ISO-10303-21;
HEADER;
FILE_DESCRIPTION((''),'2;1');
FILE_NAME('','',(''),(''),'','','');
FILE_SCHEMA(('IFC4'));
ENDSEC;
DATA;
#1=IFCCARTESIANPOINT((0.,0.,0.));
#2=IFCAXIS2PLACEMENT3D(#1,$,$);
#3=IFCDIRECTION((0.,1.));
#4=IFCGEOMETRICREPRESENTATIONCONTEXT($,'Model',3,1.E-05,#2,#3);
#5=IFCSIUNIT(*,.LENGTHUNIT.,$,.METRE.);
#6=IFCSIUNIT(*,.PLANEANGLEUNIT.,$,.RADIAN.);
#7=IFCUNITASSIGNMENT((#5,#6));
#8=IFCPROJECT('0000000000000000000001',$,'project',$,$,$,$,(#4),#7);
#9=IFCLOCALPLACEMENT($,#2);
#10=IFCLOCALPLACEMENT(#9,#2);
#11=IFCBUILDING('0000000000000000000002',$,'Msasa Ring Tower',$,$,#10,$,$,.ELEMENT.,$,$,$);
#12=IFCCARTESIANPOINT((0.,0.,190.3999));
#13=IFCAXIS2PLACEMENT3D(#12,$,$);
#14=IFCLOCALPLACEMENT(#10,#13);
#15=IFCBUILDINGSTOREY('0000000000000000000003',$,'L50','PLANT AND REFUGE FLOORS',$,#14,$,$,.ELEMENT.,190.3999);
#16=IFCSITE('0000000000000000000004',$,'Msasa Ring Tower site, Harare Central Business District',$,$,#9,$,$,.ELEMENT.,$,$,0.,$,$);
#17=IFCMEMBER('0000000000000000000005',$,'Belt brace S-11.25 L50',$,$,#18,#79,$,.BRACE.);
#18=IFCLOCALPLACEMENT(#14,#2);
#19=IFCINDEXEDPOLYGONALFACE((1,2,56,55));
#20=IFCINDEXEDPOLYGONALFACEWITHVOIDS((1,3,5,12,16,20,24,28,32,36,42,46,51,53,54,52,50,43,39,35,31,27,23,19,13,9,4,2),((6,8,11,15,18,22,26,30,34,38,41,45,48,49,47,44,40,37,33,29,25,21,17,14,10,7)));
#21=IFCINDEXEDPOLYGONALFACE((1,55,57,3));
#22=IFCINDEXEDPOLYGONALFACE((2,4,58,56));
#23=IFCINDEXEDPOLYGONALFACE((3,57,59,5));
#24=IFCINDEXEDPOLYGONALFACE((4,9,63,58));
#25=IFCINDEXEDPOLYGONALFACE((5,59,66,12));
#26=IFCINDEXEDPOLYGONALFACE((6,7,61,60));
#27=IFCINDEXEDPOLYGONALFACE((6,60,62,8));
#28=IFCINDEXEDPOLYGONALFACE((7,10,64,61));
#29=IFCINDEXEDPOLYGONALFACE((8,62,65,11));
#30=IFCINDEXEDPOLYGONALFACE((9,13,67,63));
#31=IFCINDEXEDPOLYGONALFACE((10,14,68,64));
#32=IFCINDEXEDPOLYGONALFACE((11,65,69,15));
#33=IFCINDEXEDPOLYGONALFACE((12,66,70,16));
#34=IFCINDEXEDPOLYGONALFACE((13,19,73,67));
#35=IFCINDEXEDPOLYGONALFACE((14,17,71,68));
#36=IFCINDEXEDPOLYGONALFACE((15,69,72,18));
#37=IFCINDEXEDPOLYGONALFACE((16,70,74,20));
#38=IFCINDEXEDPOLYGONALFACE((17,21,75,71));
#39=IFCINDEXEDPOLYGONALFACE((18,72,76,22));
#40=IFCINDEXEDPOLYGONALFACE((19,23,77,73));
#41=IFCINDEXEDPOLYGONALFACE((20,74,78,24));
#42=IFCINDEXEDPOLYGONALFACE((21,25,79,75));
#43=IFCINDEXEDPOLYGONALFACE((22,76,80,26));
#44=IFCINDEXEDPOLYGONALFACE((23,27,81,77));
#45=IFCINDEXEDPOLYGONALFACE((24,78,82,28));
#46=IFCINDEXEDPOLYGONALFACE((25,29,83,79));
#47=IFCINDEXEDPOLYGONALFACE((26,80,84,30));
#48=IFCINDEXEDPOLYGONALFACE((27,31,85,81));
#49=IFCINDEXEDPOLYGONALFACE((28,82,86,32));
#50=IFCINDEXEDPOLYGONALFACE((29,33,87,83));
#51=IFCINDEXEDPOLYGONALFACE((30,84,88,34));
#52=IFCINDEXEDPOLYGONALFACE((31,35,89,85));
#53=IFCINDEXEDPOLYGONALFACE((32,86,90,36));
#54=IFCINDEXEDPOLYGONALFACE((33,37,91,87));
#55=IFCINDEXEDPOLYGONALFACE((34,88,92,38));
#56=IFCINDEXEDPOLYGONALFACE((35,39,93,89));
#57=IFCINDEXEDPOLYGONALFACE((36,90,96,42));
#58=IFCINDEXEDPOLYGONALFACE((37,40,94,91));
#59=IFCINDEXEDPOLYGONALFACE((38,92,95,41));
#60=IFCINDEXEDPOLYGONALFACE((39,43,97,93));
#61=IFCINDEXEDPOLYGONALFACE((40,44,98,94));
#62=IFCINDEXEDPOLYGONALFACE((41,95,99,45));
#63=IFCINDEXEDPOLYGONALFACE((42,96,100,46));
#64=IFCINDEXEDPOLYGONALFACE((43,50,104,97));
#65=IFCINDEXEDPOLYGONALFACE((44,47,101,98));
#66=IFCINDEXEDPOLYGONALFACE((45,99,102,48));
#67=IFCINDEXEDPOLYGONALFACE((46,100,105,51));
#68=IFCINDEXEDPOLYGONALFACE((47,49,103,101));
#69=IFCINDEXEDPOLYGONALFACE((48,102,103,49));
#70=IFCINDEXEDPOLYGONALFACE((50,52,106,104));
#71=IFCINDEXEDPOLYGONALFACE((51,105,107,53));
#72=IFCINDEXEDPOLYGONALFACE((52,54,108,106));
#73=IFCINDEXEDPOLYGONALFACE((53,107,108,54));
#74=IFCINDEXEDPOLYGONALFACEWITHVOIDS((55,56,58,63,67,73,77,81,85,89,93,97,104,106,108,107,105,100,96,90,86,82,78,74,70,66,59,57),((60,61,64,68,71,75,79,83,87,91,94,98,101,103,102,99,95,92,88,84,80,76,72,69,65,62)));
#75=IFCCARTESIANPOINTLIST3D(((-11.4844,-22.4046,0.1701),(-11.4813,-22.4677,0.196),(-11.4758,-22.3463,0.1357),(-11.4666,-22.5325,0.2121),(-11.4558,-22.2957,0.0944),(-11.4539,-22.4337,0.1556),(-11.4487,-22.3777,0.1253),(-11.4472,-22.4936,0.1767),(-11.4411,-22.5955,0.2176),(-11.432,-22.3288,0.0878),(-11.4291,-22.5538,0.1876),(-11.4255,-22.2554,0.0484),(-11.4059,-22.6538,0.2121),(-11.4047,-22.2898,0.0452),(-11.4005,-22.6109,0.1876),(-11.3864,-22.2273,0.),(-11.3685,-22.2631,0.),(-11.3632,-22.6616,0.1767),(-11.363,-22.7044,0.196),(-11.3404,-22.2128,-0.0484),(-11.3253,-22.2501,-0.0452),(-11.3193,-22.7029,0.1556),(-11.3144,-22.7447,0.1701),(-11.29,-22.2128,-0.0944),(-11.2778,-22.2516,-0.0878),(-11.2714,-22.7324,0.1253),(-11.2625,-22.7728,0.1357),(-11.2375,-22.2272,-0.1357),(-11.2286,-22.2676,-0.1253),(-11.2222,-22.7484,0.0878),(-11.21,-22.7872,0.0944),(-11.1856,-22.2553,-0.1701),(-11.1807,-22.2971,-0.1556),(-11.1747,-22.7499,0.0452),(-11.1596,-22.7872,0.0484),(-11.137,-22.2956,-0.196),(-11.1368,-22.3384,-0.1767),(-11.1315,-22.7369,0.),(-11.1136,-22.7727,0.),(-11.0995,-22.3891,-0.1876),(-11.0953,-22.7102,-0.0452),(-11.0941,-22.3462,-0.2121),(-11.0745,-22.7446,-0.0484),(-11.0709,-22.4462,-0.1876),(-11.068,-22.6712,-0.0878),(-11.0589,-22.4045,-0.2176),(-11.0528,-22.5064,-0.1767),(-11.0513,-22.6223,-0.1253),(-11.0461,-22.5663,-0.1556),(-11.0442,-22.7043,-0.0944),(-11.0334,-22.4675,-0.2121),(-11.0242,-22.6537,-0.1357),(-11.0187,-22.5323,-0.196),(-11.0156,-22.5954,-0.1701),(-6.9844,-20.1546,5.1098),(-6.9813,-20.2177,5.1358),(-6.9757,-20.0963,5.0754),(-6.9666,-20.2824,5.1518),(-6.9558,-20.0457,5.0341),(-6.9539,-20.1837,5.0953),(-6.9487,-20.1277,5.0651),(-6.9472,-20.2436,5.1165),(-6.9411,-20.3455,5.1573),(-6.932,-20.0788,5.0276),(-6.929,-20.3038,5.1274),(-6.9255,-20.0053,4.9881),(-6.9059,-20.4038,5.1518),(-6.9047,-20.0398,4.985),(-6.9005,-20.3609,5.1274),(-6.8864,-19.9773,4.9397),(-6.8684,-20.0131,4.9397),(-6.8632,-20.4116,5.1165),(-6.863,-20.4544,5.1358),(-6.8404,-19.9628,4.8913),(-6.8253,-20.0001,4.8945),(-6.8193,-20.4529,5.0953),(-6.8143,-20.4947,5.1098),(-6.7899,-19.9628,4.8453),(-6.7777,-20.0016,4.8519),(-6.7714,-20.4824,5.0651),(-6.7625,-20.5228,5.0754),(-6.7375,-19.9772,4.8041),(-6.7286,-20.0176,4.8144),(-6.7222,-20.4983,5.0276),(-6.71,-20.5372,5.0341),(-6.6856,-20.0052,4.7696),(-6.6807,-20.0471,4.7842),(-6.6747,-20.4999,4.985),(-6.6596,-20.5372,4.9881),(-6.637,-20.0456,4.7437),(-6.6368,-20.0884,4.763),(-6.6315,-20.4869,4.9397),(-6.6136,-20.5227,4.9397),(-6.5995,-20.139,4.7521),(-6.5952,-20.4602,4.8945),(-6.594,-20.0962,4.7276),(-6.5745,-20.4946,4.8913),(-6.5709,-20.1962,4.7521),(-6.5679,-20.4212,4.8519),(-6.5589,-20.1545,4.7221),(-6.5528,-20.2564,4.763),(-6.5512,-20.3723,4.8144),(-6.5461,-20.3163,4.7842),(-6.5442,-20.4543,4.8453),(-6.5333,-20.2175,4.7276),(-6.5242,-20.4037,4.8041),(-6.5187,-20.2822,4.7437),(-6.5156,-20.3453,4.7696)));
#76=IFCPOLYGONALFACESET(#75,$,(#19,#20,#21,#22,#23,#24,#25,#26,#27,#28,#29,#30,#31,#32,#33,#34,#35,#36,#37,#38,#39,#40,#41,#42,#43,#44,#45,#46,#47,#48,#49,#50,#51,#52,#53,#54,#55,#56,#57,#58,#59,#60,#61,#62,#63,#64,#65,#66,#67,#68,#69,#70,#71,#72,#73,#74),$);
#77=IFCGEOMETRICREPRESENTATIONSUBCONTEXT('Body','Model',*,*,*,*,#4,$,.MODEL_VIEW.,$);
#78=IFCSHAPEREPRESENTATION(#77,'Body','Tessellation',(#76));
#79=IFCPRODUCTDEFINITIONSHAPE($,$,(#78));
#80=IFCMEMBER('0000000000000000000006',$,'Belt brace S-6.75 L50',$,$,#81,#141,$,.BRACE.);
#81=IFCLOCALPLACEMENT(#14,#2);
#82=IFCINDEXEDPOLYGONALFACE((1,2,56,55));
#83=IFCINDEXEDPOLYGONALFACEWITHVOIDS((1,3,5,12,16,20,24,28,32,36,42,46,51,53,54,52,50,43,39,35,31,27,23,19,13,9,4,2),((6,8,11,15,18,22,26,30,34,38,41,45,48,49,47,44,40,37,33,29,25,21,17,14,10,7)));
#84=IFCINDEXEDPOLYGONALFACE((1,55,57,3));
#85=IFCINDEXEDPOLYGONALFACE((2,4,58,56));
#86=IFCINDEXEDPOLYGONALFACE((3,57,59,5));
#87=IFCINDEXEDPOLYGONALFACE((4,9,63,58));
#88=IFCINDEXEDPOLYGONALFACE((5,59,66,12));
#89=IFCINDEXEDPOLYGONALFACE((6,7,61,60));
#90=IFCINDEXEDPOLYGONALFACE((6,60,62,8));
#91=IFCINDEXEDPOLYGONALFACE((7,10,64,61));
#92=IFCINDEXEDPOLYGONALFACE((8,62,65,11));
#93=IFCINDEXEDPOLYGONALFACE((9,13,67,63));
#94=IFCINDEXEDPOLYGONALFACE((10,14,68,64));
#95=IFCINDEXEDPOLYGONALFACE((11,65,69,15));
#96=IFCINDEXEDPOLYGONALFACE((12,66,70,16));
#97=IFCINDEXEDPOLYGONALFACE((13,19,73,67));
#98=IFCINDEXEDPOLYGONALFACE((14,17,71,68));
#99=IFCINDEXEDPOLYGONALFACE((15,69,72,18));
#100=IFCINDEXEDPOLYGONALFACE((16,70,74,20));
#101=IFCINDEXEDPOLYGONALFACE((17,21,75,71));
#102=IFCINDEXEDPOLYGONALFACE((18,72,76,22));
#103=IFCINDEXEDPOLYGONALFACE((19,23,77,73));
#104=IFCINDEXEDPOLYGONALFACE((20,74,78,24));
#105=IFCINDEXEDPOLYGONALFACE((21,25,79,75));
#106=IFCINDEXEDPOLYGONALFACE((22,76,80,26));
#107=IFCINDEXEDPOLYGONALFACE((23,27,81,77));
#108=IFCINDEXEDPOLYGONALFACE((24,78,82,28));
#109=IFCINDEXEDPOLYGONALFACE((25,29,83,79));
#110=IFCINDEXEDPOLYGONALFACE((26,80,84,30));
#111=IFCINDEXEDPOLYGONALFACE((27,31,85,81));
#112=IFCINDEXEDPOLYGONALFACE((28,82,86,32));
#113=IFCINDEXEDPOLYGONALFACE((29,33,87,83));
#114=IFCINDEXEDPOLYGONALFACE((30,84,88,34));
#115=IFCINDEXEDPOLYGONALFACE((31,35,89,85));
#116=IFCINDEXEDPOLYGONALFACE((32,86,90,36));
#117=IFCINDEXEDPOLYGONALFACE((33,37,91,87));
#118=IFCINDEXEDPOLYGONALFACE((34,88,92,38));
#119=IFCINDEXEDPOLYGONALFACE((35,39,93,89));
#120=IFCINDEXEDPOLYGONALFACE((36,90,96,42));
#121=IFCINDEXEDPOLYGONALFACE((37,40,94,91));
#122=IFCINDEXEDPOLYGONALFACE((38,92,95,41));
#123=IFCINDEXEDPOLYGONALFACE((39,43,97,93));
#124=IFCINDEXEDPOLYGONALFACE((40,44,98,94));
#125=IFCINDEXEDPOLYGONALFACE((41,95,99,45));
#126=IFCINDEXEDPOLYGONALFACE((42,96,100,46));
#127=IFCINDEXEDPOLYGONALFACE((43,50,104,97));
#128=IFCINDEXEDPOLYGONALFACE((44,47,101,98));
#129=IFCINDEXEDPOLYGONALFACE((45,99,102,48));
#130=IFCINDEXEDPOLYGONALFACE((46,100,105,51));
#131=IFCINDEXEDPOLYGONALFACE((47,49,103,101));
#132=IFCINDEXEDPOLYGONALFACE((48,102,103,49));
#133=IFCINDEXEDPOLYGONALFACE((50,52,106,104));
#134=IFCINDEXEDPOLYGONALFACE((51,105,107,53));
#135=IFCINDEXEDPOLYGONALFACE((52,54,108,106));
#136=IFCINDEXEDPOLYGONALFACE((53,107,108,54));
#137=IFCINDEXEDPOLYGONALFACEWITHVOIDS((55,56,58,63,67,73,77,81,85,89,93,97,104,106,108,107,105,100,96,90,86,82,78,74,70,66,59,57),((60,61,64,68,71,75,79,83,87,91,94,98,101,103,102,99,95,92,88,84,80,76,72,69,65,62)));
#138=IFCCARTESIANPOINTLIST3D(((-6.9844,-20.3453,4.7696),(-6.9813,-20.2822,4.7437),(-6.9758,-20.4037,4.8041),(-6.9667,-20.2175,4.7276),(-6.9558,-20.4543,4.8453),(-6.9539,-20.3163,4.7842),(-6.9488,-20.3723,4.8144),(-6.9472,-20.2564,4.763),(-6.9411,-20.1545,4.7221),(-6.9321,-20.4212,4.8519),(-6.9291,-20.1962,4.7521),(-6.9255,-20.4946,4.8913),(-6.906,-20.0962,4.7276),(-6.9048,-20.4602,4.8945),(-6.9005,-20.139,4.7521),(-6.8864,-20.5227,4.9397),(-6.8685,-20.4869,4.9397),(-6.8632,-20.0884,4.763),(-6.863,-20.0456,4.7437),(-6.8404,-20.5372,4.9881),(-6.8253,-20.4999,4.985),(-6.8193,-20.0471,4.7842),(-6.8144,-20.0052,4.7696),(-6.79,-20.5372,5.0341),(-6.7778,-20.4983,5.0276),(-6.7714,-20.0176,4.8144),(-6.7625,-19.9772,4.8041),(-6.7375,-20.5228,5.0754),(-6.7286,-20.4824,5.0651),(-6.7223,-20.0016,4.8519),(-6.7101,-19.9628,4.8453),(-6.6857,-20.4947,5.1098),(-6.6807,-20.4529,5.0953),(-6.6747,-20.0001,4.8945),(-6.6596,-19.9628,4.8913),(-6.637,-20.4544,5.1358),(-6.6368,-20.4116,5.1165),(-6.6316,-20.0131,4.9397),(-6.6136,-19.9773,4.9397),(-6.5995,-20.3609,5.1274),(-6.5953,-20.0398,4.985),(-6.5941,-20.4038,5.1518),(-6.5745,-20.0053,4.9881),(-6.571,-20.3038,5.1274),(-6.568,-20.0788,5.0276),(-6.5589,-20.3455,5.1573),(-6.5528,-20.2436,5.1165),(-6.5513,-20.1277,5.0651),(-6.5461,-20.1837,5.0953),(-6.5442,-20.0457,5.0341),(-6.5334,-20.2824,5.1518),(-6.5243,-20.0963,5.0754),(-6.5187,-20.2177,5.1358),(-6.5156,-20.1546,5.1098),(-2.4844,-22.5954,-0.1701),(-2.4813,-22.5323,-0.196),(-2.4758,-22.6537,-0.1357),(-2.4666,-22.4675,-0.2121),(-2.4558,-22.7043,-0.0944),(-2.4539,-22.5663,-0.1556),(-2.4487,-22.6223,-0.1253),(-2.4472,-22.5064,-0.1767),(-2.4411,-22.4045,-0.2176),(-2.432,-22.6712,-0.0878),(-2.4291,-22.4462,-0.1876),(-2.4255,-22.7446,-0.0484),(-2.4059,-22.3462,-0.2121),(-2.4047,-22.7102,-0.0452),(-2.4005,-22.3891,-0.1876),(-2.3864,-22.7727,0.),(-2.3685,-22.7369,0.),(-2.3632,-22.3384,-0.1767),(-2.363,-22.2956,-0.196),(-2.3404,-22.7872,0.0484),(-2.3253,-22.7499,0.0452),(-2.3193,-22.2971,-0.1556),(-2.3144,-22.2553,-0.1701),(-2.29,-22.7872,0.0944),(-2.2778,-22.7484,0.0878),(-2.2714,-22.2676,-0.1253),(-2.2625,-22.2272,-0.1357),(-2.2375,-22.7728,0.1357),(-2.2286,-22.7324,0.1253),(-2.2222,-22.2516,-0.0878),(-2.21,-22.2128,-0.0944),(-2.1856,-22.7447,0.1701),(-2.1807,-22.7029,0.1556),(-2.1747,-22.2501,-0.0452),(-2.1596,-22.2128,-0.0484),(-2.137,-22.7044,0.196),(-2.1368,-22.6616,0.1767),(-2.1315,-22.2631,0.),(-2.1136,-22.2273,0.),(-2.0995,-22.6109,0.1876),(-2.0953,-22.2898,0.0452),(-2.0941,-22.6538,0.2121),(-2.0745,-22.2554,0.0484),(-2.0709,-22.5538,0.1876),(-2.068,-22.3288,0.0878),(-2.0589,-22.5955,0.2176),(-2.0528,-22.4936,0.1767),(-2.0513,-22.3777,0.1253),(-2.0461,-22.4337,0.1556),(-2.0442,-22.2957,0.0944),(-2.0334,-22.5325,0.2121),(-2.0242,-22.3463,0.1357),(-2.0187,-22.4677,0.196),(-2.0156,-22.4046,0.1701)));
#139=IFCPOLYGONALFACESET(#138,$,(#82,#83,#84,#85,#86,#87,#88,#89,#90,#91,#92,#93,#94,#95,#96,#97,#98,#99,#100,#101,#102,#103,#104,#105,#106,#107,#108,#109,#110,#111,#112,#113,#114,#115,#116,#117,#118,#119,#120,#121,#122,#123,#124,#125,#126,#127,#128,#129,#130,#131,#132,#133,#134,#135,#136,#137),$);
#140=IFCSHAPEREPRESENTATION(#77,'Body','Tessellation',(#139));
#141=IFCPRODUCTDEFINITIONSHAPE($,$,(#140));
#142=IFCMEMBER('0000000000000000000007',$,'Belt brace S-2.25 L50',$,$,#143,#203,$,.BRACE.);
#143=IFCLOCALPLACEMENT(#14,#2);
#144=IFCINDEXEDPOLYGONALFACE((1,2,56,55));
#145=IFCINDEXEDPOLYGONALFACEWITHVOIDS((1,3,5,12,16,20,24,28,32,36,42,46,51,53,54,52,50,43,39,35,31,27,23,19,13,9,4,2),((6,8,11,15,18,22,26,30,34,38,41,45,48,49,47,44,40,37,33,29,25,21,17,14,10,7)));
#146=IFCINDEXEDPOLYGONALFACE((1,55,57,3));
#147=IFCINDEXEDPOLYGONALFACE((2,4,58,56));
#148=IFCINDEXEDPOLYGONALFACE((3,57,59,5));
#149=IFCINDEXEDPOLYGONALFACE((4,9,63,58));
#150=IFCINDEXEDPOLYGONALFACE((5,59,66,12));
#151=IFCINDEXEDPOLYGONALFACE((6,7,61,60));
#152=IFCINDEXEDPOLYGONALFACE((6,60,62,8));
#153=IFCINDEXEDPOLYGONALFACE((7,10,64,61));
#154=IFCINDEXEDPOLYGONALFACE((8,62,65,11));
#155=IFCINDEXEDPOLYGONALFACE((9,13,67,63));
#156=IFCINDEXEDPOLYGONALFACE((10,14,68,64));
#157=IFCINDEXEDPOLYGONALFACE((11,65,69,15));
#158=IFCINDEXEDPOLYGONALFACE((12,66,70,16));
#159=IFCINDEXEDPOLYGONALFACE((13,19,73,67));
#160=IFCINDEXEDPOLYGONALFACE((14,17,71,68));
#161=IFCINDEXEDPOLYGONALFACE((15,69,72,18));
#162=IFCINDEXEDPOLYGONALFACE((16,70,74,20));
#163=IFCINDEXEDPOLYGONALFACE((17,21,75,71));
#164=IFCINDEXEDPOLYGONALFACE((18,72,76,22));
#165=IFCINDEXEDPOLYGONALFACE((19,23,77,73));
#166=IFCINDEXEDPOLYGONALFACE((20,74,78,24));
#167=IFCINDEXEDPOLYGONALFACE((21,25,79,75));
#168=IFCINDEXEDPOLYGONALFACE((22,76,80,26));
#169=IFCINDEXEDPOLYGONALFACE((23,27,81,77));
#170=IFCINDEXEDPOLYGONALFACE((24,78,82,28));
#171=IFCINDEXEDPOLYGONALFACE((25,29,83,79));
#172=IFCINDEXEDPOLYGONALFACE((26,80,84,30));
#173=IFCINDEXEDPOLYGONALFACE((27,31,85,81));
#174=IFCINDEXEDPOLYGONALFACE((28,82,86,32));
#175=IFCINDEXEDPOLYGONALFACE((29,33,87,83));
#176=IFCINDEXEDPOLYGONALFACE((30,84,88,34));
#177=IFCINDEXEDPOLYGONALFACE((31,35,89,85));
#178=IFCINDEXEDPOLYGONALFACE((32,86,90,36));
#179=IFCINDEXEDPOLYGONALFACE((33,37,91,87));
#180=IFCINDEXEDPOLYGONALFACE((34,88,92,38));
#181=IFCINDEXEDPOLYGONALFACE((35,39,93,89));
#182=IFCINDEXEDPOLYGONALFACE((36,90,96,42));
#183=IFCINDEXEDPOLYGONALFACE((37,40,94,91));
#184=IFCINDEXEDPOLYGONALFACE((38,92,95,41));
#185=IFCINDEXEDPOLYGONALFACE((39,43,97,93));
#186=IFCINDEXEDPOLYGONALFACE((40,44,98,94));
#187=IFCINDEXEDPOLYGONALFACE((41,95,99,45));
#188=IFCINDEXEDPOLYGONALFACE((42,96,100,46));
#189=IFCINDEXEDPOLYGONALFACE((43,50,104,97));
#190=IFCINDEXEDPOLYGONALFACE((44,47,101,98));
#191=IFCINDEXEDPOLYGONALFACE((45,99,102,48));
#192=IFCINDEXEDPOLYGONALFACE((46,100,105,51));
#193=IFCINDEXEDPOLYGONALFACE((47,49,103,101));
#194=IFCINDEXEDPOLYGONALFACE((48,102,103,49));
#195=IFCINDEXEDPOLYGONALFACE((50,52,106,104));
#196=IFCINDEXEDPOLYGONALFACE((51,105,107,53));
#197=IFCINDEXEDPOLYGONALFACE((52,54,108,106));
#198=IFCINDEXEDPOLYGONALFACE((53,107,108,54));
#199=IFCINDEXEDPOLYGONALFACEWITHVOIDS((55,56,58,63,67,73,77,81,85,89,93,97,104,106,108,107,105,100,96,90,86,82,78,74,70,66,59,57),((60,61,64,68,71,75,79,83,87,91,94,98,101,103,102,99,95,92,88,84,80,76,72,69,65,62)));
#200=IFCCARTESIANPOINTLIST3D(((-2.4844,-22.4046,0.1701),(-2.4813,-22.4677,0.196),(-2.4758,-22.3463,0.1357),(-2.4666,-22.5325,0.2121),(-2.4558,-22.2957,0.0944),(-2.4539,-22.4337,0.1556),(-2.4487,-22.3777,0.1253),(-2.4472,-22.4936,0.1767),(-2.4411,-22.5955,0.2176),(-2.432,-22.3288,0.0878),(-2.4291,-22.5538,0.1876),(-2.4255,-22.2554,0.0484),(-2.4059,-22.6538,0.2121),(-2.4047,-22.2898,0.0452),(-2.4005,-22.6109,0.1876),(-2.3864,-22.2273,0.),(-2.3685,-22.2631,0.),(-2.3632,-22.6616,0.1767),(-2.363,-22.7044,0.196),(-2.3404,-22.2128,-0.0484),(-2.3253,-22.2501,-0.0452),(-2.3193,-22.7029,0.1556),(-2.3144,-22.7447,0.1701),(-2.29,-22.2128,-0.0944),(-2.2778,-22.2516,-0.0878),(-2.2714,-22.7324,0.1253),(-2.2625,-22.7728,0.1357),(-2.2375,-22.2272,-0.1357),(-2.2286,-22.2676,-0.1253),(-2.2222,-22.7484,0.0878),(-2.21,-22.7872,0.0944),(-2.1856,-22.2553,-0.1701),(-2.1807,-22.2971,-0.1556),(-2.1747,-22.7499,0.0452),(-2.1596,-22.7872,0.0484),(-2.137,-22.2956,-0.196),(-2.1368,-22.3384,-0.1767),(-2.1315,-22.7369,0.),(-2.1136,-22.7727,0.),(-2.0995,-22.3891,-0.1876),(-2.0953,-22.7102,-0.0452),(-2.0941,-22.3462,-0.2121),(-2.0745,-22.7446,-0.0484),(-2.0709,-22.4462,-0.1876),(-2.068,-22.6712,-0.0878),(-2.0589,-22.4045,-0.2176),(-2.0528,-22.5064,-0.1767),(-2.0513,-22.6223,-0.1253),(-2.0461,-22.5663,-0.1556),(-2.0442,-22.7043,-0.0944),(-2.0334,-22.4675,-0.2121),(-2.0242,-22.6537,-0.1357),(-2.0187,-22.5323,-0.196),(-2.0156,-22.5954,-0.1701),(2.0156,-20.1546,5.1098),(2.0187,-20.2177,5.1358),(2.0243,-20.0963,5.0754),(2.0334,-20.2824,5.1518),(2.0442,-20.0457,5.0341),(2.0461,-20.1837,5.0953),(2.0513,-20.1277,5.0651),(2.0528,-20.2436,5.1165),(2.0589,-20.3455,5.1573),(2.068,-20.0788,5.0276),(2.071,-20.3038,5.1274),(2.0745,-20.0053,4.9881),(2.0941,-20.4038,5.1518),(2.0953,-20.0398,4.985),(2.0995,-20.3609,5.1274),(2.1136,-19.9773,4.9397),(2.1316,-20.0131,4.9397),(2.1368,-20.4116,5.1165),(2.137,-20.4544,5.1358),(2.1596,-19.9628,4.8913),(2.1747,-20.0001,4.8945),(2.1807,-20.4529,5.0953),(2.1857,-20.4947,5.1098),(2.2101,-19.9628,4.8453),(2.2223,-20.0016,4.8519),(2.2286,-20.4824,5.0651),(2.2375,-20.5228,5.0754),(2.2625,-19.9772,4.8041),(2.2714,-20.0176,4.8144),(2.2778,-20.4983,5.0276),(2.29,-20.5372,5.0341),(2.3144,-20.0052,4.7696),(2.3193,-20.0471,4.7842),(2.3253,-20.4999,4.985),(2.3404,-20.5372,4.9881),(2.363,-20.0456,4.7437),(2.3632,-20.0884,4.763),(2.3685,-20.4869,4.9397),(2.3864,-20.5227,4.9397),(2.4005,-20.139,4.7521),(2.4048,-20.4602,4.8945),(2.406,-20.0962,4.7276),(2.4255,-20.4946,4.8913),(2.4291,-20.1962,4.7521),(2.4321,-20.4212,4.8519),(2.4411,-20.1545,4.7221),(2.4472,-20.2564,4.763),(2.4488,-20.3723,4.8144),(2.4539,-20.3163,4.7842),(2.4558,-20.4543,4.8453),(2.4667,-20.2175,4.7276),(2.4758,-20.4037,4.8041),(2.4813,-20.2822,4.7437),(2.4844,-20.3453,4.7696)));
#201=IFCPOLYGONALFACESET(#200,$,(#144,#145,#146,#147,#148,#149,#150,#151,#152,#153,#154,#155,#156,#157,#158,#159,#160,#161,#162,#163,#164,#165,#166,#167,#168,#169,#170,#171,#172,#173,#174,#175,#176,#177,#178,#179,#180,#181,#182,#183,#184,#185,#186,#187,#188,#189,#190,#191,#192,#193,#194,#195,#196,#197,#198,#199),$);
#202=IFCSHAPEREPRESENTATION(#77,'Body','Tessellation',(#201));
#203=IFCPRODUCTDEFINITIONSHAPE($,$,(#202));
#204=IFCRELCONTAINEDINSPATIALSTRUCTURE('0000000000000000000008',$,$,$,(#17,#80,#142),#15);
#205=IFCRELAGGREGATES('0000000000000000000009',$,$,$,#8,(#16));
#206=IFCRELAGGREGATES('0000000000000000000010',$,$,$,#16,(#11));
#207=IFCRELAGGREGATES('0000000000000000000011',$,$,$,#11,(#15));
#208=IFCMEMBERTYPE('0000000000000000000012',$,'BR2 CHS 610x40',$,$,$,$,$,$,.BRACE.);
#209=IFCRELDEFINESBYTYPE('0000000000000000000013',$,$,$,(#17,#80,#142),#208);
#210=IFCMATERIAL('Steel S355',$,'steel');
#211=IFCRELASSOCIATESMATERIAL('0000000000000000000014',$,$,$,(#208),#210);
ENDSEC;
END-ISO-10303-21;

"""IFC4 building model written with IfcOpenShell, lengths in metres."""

from ifc_helpers import new_model, si_unit, direction, frame, origin, origin_2d, place, context, subcontext, project, spatial, hollow_circle, extrude, material, material_profile, profile_set, type_object, element, save


model = new_model("IFC4")

# Units and contexts
model_context = context("Model", 3, precision=1e-05, world=origin(), true_north=direction((0.0, 1.0)))
body_context = subcontext(model_context, "Body", "Model", "MODEL_VIEW")
ifc_project = project(units=[si_unit("LENGTHUNIT", "METRE"), si_unit("PLANEANGLEUNIT", "RADIAN")], contexts=[model_context])

# Site, building, storey
site_placement = place(None, origin())
site = spatial("IfcSite", under=ifc_project, at=site_placement, Name="Msasa Ring Tower site, Harare Central Business District", CompositionType="ELEMENT", RefElevation=0.0)
building_placement = place(site_placement, origin())
building = spatial("IfcBuilding", under=site, at=building_placement, Name="Msasa Ring Tower", CompositionType="ELEMENT")
storey_placement = place(building_placement, frame((0.0, 0.0, 190.3999)))
storey = spatial("IfcBuildingStorey", under=building, at=storey_placement, Name="L50", Description="PLANT AND REFUGE FLOORS", CompositionType="ELEMENT", Elevation=190.3999)

# Members
ifc_material_1 = material(Name="Steel S355", Category="steel")
ifc_material_profile_1 = material_profile(ifc_material_1, hollow_circle(Radius=0.3049, WallThickness=0.04, at=origin_2d()), Name="CHS 610x40")
ifc_profile_set_1 = profile_set([ifc_material_profile_1], Name="Steel S355")
member_type = type_object("IfcMemberType", Name="BR2 CHS 610x40", PredefinedType="BRACE", material=ifc_profile_set_1)
for number, where, z_axis, x_axis, name in (
    (1, (-11.25, -22.5, 0.0), (0.63823, 0.319115, 0.700592), (-0.447214, 0.894427, 0.0), "Belt brace S-11.25 L50"),
    (2, (-2.25, -22.5, 0.0), (-0.63823, 0.319115, 0.700592), (-0.447214, -0.894427, 0.0), "Belt brace S-6.75 L50"),
    (3, (-2.25, -22.5, 0.0), (0.63823, 0.319115, 0.700592), (-0.447214, 0.894427, 0.0), "Belt brace S-2.25 L50"),
):
    element("IfcMember", number, at=place(storey_placement, frame(where, z_axis=z_axis, x_axis=x_axis)), inside=storey, type_object=member_type, Name=name, PredefinedType="BRACE", context=body_context, shape_type="SweptSolid", body=[
        extrude(hollow_circle(Radius=0.3049, WallThickness=0.04, at=origin_2d()), origin(), (0.0, 0.0, 1.0), 7.0508),
    ])

save(model, "model.ifc")
